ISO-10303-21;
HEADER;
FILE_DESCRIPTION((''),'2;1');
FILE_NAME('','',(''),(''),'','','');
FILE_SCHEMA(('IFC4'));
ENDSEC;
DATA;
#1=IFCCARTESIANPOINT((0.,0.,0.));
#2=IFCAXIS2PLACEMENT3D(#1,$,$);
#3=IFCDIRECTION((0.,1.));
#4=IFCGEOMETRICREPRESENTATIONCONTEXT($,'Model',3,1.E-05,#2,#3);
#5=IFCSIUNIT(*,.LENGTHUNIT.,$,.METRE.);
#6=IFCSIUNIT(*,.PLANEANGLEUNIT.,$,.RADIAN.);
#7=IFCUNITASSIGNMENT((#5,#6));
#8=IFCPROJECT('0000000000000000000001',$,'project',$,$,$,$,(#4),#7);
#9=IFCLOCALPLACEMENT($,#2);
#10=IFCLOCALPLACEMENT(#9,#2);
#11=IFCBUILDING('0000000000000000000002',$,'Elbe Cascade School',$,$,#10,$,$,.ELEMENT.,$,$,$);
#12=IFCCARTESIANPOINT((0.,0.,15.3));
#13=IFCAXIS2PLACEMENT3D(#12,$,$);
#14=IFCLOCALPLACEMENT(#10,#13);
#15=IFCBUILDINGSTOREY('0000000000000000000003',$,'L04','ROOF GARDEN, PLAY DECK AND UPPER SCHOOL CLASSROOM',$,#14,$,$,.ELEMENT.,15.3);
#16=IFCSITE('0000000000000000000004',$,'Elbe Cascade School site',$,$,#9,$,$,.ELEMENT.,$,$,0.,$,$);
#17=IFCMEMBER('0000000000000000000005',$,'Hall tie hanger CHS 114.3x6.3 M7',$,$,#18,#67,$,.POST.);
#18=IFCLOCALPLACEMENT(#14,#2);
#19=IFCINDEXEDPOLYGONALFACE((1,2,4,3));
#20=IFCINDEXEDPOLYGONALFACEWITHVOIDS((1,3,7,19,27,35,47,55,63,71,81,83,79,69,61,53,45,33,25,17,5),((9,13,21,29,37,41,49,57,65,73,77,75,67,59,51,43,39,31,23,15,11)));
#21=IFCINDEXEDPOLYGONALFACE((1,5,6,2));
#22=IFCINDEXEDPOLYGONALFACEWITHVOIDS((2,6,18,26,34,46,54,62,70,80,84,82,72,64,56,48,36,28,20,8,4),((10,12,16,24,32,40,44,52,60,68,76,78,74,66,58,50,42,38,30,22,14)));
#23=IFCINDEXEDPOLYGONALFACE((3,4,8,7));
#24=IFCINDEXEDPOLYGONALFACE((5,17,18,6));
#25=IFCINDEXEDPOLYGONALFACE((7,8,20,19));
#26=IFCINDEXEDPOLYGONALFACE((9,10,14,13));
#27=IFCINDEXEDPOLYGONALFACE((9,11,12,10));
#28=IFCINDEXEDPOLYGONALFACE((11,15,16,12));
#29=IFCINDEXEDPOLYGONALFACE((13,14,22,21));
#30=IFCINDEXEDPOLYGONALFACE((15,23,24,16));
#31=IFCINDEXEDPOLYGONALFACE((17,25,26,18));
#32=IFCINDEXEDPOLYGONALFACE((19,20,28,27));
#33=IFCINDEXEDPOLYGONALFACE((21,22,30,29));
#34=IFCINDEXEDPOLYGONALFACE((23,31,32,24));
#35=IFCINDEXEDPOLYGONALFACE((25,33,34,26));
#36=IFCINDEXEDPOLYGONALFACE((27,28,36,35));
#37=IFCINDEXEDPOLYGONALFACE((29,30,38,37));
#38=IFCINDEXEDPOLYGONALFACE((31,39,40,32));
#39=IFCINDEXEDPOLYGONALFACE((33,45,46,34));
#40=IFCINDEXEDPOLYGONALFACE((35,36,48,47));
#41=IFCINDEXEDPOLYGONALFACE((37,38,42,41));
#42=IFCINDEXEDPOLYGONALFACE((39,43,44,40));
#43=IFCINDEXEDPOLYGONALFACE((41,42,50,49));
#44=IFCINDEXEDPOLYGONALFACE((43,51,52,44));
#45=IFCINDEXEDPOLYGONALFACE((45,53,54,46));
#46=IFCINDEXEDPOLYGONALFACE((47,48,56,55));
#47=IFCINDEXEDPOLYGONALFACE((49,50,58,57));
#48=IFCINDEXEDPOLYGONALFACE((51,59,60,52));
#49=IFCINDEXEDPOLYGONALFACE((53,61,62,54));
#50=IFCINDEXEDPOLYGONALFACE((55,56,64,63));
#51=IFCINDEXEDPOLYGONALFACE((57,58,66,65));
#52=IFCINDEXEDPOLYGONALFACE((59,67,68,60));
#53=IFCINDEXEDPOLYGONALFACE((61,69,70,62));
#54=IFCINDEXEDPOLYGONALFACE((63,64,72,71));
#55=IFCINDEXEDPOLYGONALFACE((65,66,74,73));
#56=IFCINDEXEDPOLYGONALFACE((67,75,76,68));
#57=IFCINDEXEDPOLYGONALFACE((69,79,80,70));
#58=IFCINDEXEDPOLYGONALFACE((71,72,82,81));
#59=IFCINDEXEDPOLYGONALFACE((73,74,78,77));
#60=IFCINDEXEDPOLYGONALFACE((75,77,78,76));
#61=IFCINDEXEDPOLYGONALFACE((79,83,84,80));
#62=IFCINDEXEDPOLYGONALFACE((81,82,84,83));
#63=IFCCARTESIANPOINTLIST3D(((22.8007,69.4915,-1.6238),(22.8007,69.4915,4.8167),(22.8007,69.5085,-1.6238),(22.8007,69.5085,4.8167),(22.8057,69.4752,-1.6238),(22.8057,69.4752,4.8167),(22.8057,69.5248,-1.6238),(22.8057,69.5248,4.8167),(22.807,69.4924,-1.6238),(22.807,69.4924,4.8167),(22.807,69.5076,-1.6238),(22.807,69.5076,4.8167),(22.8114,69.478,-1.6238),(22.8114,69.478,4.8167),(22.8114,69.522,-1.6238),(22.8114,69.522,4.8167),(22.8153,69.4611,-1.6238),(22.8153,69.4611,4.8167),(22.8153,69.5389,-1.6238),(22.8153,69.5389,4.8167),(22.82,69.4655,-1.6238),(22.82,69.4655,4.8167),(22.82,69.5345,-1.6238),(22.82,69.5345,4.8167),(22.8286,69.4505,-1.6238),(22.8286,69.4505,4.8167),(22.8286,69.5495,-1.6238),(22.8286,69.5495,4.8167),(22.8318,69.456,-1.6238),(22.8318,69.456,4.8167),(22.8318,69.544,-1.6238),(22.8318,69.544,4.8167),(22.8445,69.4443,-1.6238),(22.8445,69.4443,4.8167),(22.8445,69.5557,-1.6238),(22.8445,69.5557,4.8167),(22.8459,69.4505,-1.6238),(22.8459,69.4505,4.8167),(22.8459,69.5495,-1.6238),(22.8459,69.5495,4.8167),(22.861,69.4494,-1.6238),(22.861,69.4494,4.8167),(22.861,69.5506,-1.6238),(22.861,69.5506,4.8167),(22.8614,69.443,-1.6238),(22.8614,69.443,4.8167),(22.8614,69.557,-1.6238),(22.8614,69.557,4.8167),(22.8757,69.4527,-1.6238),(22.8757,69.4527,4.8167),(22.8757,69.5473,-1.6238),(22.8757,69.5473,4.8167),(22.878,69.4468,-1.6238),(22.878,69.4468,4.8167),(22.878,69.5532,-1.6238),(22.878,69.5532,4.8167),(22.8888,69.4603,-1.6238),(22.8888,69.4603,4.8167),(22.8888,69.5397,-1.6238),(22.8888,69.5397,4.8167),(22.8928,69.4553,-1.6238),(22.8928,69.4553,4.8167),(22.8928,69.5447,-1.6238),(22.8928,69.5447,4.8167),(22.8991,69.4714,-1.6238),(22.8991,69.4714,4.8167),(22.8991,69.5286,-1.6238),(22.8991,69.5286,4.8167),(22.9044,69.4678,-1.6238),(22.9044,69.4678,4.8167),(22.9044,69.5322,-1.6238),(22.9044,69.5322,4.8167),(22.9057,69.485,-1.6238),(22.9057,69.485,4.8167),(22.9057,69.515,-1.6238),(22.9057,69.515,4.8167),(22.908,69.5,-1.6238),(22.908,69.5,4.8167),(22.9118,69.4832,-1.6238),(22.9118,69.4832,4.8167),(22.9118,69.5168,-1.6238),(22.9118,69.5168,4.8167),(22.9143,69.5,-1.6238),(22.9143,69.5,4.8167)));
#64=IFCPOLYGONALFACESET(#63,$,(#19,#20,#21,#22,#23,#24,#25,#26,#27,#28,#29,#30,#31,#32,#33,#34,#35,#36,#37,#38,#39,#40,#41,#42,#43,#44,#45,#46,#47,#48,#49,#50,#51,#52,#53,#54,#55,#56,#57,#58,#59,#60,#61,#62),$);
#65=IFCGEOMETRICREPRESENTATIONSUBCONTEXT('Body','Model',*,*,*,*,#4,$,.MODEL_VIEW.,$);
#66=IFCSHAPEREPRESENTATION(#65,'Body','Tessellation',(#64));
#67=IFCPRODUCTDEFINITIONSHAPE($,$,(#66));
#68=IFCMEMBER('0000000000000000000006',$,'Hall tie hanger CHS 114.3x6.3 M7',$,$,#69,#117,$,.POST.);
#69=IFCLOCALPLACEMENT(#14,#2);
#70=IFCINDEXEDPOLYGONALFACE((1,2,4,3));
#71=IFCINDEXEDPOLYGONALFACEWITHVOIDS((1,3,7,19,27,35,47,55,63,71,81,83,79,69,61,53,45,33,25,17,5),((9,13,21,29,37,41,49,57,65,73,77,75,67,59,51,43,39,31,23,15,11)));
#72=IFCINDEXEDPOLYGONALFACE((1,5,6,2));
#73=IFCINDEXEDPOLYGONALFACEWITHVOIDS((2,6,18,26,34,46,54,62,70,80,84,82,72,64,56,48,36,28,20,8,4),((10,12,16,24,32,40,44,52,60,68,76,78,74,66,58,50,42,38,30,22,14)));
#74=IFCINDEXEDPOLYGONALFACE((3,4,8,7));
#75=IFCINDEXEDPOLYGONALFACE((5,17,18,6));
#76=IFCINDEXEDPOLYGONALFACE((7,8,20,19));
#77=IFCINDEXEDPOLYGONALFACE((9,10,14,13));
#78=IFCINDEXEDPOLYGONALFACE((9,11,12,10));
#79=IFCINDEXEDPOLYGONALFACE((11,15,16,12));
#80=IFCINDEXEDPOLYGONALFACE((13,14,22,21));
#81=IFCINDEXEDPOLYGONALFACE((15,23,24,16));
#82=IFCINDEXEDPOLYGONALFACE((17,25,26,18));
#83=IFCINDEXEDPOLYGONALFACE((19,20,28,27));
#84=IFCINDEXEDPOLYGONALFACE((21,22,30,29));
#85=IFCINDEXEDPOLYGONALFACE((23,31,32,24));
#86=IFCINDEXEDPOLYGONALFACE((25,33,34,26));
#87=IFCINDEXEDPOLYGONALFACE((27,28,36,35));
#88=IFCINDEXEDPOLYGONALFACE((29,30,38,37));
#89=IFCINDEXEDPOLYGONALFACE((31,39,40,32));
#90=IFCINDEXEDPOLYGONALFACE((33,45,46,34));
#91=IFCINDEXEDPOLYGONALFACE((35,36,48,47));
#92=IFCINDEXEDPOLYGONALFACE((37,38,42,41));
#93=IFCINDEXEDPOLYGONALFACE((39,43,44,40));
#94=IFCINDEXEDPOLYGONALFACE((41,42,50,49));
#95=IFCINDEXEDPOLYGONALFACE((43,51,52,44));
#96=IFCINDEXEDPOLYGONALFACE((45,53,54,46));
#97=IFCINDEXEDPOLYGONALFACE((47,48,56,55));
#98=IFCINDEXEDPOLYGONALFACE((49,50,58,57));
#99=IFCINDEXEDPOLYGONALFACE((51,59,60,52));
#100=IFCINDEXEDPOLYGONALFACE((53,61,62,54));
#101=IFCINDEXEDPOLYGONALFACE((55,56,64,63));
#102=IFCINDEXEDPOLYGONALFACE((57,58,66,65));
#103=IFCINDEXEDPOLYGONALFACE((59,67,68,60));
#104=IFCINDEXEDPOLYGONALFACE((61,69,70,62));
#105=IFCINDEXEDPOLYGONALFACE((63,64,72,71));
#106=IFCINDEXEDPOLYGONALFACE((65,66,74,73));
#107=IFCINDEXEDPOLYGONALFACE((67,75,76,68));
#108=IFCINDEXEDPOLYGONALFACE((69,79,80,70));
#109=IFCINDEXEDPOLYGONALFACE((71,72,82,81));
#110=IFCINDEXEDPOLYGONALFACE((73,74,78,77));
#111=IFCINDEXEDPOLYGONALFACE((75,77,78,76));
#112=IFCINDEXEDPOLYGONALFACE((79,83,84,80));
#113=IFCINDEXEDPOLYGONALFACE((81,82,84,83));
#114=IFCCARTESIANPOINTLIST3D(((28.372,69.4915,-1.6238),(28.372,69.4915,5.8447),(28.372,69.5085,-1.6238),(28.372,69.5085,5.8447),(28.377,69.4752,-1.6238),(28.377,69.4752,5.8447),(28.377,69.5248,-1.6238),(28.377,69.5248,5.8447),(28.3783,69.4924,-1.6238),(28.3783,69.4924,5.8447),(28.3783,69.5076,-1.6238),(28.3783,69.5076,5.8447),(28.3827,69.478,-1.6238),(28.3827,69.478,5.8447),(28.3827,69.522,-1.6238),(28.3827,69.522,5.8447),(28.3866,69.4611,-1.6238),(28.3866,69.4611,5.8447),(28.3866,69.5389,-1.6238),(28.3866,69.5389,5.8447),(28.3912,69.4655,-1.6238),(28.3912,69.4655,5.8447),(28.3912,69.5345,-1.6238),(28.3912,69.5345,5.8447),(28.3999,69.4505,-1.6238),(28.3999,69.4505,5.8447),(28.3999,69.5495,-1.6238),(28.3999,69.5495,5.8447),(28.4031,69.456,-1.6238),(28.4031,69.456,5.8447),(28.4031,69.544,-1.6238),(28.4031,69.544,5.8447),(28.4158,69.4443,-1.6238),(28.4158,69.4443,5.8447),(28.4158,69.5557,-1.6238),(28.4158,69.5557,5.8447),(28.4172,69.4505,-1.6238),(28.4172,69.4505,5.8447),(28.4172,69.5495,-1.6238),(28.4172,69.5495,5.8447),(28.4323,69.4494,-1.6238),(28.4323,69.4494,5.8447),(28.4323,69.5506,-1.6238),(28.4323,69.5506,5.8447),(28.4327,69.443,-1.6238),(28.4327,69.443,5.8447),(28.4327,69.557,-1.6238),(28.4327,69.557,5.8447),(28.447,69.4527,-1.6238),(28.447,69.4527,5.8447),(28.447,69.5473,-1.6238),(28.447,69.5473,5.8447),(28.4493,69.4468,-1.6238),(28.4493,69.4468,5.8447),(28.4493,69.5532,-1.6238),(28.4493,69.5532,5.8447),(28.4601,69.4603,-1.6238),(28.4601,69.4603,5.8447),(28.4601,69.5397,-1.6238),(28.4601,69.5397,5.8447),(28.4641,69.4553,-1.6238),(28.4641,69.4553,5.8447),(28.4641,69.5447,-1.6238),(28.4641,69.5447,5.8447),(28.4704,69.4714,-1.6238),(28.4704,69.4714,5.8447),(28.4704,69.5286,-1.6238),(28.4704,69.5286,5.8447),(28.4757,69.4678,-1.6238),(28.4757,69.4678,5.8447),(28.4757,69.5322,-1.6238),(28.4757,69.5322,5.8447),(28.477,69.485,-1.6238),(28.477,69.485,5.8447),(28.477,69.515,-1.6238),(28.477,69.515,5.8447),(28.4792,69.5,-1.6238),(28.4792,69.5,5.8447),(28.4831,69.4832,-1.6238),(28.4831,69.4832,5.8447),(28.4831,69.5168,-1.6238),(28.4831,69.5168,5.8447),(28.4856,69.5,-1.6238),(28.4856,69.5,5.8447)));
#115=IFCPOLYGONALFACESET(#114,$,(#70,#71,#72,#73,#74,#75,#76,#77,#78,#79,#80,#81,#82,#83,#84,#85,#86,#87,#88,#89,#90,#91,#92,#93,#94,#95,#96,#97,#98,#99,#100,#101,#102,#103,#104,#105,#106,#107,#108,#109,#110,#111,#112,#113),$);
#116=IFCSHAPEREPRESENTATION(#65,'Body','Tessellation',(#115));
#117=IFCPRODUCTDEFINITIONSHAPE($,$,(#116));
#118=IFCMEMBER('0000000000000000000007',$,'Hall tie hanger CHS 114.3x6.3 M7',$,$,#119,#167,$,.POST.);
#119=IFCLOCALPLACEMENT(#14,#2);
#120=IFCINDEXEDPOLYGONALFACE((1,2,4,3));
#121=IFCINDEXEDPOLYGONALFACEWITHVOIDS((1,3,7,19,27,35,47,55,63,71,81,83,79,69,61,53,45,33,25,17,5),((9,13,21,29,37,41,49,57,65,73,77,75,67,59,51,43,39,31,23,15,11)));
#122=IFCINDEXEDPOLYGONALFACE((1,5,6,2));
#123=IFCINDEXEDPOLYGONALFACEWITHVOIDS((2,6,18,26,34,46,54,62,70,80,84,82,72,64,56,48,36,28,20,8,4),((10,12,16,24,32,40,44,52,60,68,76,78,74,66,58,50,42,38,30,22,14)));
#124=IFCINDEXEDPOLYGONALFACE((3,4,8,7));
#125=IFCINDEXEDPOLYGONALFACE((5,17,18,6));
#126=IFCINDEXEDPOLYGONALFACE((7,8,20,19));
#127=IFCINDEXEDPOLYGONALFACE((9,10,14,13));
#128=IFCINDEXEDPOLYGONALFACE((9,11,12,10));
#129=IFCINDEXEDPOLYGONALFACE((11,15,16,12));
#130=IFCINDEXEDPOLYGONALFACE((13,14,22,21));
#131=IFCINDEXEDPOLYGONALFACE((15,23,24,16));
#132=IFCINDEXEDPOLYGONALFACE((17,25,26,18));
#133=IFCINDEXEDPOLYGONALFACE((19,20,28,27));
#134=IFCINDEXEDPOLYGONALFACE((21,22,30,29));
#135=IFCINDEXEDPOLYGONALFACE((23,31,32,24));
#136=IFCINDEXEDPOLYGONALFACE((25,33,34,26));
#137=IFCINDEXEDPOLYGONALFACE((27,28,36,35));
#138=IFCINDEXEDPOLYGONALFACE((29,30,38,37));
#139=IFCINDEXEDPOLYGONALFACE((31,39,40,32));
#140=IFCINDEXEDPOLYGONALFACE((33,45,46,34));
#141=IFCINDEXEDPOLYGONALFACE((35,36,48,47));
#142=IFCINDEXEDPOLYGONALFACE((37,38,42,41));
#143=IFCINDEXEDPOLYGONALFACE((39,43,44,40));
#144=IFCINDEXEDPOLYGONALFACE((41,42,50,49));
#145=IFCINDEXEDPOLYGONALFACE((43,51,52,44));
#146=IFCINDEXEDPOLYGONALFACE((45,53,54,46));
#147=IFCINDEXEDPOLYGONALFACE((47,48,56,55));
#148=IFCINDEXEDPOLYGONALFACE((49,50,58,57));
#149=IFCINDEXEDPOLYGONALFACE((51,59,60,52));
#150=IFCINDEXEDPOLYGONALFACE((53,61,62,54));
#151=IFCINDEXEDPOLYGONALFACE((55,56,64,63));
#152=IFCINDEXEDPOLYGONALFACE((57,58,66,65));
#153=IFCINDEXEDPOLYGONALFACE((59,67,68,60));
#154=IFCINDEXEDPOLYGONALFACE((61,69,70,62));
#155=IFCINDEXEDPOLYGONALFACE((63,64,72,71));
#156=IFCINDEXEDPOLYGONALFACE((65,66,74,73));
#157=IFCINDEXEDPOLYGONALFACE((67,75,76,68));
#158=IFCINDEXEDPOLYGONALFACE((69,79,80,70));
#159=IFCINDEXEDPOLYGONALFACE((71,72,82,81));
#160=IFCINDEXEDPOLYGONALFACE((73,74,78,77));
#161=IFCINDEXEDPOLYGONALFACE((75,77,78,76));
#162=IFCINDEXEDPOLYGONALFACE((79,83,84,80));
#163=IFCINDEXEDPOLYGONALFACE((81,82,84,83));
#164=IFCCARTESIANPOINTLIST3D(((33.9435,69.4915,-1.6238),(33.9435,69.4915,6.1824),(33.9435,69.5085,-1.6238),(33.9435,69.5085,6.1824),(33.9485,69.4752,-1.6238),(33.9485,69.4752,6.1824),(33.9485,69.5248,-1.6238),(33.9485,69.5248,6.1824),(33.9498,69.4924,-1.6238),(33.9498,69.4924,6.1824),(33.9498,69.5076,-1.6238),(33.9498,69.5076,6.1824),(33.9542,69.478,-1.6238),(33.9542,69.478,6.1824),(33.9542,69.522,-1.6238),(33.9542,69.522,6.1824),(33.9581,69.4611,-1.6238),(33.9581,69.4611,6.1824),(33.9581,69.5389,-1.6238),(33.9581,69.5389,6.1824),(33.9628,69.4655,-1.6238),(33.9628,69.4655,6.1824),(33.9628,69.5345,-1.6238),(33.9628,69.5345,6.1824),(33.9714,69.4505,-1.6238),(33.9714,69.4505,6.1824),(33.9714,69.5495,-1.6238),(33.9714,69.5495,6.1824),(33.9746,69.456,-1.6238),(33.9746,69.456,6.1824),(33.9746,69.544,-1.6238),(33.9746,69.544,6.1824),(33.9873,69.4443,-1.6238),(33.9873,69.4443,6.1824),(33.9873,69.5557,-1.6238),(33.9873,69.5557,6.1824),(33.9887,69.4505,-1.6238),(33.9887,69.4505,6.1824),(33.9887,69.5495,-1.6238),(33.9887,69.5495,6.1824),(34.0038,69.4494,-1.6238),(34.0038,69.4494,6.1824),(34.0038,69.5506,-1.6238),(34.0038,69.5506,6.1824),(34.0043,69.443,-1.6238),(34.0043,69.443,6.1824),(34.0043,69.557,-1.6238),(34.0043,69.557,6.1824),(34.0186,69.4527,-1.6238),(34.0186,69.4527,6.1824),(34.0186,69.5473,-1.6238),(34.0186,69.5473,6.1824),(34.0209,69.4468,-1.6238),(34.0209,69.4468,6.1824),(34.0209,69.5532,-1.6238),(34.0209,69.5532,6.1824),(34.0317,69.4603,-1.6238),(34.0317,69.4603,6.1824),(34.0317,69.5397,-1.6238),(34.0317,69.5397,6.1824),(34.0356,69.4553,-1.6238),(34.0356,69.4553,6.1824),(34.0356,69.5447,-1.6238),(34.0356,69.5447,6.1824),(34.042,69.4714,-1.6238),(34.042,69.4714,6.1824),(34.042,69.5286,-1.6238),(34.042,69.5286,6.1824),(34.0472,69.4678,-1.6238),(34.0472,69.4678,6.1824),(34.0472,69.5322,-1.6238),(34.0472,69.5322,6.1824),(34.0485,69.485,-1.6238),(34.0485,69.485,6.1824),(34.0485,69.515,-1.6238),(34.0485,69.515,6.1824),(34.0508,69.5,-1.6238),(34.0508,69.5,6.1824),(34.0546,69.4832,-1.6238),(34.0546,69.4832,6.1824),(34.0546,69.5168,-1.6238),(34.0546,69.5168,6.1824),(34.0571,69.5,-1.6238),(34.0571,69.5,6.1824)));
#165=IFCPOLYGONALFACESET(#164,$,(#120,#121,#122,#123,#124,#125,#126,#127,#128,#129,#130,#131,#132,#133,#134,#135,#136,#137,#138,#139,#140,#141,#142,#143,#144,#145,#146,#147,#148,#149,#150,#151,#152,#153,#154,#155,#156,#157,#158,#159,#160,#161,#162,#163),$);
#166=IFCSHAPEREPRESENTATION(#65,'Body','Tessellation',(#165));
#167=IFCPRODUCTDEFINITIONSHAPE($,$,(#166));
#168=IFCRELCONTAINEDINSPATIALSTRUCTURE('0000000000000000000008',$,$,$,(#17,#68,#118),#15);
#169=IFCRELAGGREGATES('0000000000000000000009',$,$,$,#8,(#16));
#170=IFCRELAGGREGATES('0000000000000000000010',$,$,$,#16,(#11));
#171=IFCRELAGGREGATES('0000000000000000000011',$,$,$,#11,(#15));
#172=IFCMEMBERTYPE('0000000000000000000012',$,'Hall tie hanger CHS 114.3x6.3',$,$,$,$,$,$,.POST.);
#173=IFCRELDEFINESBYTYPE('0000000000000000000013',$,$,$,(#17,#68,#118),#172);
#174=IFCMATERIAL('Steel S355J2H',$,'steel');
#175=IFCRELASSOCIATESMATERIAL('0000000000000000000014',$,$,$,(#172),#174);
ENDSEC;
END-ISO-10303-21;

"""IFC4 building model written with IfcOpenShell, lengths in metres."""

from ifc_helpers import new_model, si_unit, direction, frame, origin, origin_2d, place, context, subcontext, project, spatial, hollow_circle, extrude, material, material_profile, profile_set, type_object, element, save


model = new_model("IFC4")

# Units and contexts
model_context = context("Model", 3, precision=1e-05, world=origin(), true_north=direction((0.0, 1.0)))
body_context = subcontext(model_context, "Body", "Model", "MODEL_VIEW")
ifc_project = project(units=[si_unit("LENGTHUNIT", "METRE"), si_unit("PLANEANGLEUNIT", "RADIAN")], contexts=[model_context])

# Site, building, storey
site_placement = place(None, origin())
site = spatial("IfcSite", under=ifc_project, at=site_placement, Name="Elbe Cascade School site", CompositionType="ELEMENT", RefElevation=0.0)
building_placement = place(site_placement, origin())
building = spatial("IfcBuilding", under=site, at=building_placement, Name="Elbe Cascade School", CompositionType="ELEMENT")
storey_placement = place(building_placement, frame((0.0, 0.0, 15.3)))
storey = spatial("IfcBuildingStorey", under=building, at=storey_placement, Name="L04", Description="ROOF GARDEN, PLAY DECK AND UPPER SCHOOL CLASSROOM", CompositionType="ELEMENT", Elevation=15.3)

# Members
ifc_material_1 = material(Name="Steel S355J2H", Category="steel")
ifc_material_profile_1 = material_profile(ifc_material_1, hollow_circle(Radius=0.0571, WallThickness=0.0063, at=origin_2d()), Name="CHS 114.3x6.3")
ifc_profile_set_1 = profile_set([ifc_material_profile_1], Name="Steel S355J2H")
member_type_1 = type_object("IfcMemberType", Name="Hall tie hanger CHS 114.3x6.3", PredefinedType="POST", material=ifc_profile_set_1)
for number, where, z_axis, x_axis, name in (
    (1, (22.8572, 69.5, -1.6238), (0.0, 0.0, 1.0), (1.0, 0.0, 0.0), "Hall tie hanger CHS 114.3x6.3 M7"),
):
    element("IfcMember", number, at=place(storey_placement, frame(where, z_axis=z_axis, x_axis=x_axis)), inside=storey, type_object=member_type_1, Name=name, PredefinedType="POST", context=body_context, shape_type="SweptSolid", body=[
        extrude(hollow_circle(Radius=0.0571, WallThickness=0.0063, at=origin_2d()), origin(), (0.0, 0.0, 1.0), 6.4404),
    ])
member_1_placement = place(storey_placement, frame((28.4285, 69.5, -1.6238), z_axis=(0.0, 0.0, 1.0), x_axis=(1.0, 0.0, 0.0)))
element("IfcMember", 2, at=member_1_placement, inside=storey, type_object=member_type_1, Name="Hall tie hanger CHS 114.3x6.3 M7", PredefinedType="POST", context=body_context, shape_type="SweptSolid", body=[
    extrude(hollow_circle(Radius=0.0571, WallThickness=0.0063, at=origin_2d()), origin(), (0.0, 0.0, 1.0), 7.4685),
])
member_2_placement = place(storey_placement, frame((34.0, 69.5, -1.6238), z_axis=(0.0, 0.0, 1.0), x_axis=(1.0, 0.0, 0.0)))
element("IfcMember", 3, at=member_2_placement, inside=storey, type_object=member_type_1, Name="Hall tie hanger CHS 114.3x6.3 M7", PredefinedType="POST", context=body_context, shape_type="SweptSolid", body=[
    extrude(hollow_circle(Radius=0.0571, WallThickness=0.0063, at=origin_2d()), origin(), (0.0, 0.0, 1.0), 7.8062),
])

save(model, "model.ifc")
